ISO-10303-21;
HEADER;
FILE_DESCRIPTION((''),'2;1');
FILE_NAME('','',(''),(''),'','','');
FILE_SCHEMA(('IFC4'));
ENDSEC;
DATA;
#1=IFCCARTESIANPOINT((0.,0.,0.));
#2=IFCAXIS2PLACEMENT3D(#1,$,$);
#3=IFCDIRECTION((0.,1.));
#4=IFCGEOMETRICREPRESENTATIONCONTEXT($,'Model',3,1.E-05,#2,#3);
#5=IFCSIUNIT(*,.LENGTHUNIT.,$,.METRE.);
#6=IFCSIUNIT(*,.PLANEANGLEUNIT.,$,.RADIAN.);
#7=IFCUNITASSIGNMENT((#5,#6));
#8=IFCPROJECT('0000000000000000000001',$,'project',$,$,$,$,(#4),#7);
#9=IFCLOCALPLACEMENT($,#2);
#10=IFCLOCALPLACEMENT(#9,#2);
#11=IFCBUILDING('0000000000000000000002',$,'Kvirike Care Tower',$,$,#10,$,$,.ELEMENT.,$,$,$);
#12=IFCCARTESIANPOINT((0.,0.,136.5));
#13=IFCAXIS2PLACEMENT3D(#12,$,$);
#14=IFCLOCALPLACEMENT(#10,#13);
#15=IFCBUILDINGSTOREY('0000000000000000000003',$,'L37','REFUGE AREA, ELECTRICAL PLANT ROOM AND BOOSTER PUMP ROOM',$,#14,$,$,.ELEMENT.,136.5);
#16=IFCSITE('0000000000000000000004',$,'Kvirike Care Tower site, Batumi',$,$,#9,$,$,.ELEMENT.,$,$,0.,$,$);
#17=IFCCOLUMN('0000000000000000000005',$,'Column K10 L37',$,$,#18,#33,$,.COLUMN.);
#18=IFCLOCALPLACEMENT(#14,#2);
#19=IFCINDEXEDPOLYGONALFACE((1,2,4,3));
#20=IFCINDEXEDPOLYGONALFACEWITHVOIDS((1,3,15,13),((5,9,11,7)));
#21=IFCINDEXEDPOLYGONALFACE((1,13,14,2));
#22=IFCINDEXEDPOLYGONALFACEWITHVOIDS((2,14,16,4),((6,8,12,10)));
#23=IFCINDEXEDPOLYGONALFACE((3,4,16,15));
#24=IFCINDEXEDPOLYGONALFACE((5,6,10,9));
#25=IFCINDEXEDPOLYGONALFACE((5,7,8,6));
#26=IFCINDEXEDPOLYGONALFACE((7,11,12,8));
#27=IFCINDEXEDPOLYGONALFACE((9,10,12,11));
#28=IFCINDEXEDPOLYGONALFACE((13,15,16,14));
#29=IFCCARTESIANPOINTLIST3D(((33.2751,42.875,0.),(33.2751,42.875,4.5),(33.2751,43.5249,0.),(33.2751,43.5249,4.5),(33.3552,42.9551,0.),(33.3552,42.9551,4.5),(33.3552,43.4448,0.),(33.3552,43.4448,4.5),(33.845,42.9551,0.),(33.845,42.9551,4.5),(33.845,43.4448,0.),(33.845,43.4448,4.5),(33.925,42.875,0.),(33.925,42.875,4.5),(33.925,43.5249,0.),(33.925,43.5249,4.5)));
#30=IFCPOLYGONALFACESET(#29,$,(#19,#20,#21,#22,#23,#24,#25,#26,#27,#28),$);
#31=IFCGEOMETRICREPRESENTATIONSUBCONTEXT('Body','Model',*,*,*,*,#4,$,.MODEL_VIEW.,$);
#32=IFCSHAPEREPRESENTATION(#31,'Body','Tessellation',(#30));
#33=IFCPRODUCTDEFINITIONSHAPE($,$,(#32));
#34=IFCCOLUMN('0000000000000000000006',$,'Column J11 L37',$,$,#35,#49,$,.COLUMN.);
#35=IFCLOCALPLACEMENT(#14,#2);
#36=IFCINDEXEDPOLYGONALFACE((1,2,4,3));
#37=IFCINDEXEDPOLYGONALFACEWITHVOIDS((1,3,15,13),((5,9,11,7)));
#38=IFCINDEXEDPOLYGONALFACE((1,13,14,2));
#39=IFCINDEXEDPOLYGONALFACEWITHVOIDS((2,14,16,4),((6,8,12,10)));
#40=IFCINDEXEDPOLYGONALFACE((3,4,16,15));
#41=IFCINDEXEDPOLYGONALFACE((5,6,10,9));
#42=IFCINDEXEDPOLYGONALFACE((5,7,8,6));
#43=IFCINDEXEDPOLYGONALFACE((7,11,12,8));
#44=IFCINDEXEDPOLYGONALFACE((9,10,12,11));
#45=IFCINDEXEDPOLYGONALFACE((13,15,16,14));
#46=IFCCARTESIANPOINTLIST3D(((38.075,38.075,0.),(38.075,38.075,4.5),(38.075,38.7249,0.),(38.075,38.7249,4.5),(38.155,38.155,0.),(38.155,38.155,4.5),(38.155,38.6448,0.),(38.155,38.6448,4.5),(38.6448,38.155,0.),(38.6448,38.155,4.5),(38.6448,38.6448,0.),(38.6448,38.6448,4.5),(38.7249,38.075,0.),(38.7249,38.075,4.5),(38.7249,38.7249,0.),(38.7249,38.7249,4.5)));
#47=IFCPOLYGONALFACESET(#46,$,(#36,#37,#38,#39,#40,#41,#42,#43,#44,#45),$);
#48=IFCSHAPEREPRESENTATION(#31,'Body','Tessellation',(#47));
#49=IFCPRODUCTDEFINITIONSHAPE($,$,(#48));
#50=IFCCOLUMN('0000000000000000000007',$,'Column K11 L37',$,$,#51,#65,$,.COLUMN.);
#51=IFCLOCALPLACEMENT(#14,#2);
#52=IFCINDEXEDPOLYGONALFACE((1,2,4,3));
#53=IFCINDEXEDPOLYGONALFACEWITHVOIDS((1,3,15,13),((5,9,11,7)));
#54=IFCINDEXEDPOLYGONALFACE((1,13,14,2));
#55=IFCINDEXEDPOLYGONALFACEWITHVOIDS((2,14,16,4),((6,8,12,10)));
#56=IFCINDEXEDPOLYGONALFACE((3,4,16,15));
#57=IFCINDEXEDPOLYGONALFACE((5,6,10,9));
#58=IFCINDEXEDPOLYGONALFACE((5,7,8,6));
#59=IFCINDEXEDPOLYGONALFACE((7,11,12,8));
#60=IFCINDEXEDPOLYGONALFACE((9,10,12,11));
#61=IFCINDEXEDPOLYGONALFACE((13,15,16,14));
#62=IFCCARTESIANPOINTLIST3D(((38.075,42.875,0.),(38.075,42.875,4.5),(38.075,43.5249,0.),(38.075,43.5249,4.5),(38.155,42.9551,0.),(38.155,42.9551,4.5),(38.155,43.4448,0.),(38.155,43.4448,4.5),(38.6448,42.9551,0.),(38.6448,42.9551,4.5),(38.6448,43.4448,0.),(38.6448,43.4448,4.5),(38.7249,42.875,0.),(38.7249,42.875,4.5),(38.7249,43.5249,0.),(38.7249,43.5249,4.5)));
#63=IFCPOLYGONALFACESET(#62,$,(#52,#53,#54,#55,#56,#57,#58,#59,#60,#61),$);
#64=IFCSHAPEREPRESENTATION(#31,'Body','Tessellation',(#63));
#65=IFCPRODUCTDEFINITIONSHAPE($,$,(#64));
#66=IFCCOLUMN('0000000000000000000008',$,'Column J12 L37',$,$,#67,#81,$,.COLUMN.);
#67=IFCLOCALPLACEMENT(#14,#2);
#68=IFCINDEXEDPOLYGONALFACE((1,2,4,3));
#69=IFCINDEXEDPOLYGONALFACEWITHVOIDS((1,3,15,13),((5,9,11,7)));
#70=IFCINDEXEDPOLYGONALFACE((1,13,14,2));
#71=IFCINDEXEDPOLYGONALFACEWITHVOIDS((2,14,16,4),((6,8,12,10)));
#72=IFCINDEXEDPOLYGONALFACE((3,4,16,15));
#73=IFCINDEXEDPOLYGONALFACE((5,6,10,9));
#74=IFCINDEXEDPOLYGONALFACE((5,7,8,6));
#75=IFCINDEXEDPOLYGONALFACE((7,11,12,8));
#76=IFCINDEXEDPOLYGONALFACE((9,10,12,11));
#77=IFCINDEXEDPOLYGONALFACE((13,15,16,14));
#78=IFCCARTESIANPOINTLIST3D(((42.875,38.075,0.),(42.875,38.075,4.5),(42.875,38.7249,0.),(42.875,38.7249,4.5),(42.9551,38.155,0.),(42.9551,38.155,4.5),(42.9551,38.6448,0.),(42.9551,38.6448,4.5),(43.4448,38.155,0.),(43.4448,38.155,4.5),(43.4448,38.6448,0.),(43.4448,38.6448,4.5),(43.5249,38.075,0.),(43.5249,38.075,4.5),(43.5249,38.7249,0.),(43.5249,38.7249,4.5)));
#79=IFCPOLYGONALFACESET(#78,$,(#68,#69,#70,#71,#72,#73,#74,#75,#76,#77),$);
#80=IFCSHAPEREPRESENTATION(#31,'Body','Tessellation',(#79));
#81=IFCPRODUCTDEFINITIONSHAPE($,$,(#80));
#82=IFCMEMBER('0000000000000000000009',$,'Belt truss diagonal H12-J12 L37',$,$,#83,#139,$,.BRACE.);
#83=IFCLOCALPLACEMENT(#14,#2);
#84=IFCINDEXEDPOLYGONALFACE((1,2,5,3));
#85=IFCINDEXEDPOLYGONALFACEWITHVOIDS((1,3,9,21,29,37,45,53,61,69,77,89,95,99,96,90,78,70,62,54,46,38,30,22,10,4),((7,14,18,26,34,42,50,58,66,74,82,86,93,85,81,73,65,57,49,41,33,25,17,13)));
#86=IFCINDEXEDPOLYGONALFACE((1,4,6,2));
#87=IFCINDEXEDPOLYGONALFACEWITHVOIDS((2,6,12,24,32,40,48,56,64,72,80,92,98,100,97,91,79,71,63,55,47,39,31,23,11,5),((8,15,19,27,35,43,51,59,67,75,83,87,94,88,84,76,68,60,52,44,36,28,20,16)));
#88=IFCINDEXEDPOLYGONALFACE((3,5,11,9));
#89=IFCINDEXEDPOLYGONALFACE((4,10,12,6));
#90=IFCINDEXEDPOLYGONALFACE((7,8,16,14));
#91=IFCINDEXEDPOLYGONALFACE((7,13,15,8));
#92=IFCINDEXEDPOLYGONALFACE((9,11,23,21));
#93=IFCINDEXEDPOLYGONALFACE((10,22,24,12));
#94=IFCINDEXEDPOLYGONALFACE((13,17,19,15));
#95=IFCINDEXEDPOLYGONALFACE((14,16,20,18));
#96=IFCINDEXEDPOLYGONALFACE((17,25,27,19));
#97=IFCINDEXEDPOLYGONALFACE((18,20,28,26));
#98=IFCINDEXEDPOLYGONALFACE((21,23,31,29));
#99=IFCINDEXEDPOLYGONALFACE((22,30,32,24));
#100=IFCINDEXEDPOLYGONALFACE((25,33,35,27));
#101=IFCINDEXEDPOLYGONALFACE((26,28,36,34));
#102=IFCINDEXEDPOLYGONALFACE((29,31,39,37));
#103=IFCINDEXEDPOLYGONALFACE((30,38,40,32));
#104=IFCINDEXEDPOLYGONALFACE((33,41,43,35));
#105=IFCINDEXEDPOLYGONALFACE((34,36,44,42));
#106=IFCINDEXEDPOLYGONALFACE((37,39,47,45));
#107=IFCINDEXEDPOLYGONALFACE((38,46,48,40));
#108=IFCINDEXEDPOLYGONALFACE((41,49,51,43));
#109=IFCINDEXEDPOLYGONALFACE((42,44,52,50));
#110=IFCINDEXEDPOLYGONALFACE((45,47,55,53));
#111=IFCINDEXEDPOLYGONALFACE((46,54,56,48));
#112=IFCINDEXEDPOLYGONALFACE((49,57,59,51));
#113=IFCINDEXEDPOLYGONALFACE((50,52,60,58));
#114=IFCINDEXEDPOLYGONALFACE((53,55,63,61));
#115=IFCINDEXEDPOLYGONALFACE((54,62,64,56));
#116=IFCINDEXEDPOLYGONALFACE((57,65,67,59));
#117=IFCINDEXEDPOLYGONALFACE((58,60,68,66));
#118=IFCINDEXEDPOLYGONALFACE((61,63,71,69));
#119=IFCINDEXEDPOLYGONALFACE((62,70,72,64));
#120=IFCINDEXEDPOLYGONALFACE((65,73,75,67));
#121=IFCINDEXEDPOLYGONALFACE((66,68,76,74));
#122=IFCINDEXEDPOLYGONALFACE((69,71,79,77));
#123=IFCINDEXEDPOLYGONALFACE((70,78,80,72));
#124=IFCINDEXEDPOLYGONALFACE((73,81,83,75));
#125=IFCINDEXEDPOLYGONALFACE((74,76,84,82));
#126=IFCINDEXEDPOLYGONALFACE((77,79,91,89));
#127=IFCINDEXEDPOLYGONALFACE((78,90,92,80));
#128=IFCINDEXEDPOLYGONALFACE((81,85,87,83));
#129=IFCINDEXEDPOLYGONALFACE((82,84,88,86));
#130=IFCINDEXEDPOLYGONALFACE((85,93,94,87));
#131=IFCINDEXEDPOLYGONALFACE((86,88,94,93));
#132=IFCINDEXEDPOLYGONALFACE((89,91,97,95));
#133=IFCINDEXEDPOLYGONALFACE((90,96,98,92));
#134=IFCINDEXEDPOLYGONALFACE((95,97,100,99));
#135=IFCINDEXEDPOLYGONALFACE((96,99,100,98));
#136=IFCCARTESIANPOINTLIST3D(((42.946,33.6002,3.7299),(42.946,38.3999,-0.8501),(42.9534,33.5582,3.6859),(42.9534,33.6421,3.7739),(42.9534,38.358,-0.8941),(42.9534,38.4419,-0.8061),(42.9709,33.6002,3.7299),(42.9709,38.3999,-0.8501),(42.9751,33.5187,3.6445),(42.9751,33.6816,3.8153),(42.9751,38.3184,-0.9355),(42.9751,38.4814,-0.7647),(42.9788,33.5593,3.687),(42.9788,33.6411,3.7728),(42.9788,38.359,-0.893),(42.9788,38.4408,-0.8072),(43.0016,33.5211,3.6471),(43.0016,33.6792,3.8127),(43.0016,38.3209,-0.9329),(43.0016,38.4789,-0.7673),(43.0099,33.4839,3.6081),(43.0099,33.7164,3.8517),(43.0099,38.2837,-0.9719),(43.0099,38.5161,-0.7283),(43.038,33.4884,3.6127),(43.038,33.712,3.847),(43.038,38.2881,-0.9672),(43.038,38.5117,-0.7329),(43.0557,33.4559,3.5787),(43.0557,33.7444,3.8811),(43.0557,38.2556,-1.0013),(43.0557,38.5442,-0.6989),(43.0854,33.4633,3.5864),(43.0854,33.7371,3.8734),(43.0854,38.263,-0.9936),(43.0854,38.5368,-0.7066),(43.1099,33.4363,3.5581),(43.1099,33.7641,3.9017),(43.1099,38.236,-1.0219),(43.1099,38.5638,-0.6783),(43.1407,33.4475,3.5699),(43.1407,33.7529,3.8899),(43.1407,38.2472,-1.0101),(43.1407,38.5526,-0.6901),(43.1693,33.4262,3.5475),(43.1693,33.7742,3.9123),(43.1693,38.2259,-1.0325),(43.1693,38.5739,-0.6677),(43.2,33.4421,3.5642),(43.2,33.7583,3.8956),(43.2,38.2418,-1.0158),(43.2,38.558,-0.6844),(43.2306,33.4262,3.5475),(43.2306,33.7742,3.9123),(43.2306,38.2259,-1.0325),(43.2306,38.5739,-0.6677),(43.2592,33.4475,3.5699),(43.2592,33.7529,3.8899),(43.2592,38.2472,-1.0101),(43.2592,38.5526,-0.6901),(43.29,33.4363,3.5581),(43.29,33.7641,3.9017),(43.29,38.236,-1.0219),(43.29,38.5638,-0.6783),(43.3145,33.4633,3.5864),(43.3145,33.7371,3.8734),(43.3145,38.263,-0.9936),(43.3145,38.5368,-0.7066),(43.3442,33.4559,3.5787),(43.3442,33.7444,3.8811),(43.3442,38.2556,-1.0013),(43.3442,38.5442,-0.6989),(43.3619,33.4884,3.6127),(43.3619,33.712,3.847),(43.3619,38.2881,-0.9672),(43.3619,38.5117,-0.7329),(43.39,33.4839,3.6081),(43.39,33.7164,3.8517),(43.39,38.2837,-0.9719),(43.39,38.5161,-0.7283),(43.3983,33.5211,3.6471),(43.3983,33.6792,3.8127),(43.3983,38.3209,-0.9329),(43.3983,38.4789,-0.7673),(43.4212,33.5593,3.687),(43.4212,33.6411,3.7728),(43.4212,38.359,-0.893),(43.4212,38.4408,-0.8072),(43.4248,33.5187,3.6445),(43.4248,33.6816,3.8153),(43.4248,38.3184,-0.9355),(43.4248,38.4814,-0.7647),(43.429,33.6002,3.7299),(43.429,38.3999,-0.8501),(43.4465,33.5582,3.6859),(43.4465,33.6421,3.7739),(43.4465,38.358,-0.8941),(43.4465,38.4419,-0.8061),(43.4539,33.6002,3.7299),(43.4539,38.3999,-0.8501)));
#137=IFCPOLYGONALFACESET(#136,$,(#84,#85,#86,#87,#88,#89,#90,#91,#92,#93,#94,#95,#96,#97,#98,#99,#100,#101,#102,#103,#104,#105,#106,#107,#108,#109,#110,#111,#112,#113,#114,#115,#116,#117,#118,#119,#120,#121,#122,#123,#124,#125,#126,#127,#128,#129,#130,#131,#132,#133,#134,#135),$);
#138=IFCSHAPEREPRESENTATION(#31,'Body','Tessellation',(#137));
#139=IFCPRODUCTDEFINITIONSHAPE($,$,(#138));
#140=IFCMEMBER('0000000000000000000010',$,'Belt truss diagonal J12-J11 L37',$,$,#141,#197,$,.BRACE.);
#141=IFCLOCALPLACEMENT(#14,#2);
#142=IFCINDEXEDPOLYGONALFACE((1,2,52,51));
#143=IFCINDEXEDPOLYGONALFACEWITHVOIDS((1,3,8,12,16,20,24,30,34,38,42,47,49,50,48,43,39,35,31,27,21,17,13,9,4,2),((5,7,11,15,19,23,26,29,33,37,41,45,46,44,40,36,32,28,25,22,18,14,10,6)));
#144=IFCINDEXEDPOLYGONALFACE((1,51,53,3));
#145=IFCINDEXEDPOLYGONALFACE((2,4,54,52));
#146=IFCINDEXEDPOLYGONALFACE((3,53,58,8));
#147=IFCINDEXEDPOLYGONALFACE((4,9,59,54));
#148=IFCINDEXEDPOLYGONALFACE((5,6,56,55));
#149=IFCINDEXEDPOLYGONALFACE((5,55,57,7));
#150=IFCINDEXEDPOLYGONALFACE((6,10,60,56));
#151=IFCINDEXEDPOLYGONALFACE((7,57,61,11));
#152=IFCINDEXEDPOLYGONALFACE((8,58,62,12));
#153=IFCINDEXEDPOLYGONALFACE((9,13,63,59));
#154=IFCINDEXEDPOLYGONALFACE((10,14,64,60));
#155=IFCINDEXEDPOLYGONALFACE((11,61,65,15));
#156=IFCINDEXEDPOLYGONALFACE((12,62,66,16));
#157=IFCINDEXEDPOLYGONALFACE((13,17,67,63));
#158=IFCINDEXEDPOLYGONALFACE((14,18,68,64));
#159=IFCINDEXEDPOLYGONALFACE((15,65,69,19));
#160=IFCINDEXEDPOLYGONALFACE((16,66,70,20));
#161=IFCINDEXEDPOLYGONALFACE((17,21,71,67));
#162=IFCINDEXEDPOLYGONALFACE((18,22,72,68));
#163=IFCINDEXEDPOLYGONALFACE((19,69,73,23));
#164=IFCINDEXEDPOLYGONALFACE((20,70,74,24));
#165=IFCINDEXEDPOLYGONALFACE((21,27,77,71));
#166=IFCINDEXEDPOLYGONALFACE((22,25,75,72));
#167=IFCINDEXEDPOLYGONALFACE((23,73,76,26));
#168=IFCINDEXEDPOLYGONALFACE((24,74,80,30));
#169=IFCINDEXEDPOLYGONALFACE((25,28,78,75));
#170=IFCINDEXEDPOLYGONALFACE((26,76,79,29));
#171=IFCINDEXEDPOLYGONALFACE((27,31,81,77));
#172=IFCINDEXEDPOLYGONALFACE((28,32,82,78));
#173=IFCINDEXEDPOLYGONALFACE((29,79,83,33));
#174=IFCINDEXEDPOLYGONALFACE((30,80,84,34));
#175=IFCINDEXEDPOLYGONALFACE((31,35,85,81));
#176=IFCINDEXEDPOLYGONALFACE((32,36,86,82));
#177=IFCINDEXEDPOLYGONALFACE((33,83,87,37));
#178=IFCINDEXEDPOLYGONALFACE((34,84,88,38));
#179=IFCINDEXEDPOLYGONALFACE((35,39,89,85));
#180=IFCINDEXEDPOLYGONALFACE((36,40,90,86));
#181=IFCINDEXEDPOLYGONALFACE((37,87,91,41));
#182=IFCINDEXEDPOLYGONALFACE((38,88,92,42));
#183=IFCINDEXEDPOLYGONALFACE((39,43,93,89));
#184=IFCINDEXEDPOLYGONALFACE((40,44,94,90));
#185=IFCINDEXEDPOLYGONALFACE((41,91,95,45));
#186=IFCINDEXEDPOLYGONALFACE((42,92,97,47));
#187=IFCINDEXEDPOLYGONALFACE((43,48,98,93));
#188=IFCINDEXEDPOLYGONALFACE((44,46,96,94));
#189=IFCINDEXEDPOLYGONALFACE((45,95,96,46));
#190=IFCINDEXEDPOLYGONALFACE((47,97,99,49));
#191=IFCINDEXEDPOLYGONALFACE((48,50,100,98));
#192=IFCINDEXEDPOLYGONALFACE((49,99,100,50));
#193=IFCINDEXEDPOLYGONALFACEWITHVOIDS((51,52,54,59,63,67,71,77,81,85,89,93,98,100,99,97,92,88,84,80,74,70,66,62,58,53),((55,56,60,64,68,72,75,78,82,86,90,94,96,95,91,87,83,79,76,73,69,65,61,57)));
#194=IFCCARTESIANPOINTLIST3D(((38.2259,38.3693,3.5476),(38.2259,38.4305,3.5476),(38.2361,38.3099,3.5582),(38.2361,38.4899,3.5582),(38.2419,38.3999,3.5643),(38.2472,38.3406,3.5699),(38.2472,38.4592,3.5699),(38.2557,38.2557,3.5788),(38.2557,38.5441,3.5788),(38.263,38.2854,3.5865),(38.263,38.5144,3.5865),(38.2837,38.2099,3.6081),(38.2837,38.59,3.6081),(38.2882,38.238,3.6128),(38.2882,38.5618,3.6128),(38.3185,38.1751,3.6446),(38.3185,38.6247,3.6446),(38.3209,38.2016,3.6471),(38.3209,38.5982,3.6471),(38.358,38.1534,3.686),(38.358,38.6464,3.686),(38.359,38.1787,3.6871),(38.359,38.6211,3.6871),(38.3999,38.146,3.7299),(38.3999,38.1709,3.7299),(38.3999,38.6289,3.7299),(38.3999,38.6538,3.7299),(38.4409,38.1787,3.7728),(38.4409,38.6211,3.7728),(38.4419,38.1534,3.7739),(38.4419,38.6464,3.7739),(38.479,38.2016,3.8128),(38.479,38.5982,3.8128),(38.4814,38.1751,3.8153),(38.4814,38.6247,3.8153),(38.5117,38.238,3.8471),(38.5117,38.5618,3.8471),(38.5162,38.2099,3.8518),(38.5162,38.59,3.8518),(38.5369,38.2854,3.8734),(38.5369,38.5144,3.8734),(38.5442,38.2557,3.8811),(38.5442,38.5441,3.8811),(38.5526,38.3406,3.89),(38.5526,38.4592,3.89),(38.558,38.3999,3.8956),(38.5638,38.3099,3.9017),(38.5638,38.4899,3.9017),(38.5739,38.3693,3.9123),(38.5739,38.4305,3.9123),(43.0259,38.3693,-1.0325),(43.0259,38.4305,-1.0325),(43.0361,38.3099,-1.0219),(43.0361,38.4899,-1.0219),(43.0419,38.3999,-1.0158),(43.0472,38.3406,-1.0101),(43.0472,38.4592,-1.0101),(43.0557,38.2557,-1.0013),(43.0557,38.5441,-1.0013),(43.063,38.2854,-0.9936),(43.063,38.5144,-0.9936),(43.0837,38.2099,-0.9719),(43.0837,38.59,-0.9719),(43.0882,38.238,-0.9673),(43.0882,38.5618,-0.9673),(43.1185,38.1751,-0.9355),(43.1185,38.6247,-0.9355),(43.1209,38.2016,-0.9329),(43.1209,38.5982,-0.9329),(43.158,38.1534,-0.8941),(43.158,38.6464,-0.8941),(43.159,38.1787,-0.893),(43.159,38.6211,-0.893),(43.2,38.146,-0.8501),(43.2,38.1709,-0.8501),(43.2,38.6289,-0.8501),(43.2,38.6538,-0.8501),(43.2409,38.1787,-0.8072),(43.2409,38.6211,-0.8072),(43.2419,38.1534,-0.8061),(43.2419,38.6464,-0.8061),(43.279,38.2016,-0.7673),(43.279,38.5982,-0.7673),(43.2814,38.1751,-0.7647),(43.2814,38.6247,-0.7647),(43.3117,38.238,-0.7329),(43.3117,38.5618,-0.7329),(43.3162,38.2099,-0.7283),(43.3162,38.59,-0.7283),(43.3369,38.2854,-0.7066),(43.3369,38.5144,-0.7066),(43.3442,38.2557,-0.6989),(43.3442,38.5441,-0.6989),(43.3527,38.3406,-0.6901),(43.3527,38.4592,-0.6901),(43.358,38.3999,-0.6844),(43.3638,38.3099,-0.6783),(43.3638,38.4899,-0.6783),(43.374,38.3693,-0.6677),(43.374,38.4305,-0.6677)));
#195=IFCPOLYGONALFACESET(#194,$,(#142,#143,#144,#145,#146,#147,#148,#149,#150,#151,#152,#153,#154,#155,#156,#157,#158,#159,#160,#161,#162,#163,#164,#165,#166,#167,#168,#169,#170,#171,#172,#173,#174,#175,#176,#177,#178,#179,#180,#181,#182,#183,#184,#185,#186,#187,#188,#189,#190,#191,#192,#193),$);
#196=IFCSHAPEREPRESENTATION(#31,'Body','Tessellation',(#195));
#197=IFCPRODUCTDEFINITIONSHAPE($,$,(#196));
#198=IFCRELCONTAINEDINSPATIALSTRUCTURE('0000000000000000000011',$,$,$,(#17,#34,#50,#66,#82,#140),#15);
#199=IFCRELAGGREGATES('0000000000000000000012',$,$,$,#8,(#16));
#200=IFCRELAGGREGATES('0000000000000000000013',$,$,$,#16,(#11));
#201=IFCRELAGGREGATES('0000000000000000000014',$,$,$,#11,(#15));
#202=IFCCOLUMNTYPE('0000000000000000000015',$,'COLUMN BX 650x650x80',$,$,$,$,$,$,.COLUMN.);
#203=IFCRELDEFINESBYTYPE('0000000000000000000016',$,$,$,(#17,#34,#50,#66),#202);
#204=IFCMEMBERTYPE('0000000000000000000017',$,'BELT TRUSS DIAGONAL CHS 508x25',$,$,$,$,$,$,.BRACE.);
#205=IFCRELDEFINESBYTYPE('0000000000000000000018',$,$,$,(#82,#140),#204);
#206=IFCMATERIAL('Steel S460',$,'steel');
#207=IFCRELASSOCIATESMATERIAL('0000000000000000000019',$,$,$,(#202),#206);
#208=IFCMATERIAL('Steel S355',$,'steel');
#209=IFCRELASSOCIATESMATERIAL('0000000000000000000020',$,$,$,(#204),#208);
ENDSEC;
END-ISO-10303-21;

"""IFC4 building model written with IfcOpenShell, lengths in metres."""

from ifc_helpers import new_model, si_unit, direction, frame, origin, origin_2d, place, context, subcontext, project, spatial, hollow_rectangle, hollow_circle, extrude, material, material_profile, profile_set, type_object, element, save


model = new_model("IFC4")

# Units and contexts
model_context = context("Model", 3, precision=1e-05, world=origin(), true_north=direction((0.0, 1.0)))
body_context = subcontext(model_context, "Body", "Model", "MODEL_VIEW")
ifc_project = project(units=[si_unit("LENGTHUNIT", "METRE"), si_unit("PLANEANGLEUNIT", "RADIAN")], contexts=[model_context])

# Site, building, storey
site_placement = place(None, origin())
site = spatial("IfcSite", under=ifc_project, at=site_placement, Name="Kvirike Care Tower site, Batumi", CompositionType="ELEMENT", RefElevation=0.0)
building_placement = place(site_placement, origin())
building = spatial("IfcBuilding", under=site, at=building_placement, Name="Kvirike Care Tower", CompositionType="ELEMENT")
storey_placement = place(building_placement, frame((0.0, 0.0, 136.5)))
storey = spatial("IfcBuildingStorey", under=building, at=storey_placement, Name="L37", Description="REFUGE AREA, ELECTRICAL PLANT ROOM AND BOOSTER PUMP ROOM", CompositionType="ELEMENT", Elevation=136.5)

# Columns
ifc_material_1 = material(Name="Steel S460", Category="steel")
ifc_material_profile_1 = material_profile(ifc_material_1, hollow_rectangle(XDim=0.6499, YDim=0.6499, WallThickness=0.0801, at=origin_2d()), Name="BX 650x650x80")
ifc_profile_set_1 = profile_set([ifc_material_profile_1], Name="Steel S460")
column_type = type_object("IfcColumnType", Name="COLUMN BX 650x650x80", PredefinedType="COLUMN", material=ifc_profile_set_1)
for number, where, z_axis, x_axis, name in (
    (1, (33.6001, 43.2, 0.0), (0.0, 0.0, 1.0), (0.0, 1.0, 0.0), "Column K10 L37"),
    (2, (38.3999, 38.3999, 0.0), (0.0, 0.0, 1.0), (0.0, 1.0, 0.0), "Column J11 L37"),
    (3, (38.3999, 43.2, 0.0), (0.0, 0.0, 1.0), (0.0, 1.0, 0.0), "Column K11 L37"),
    (4, (43.2, 38.3999, 0.0), (0.0, 0.0, 1.0), (0.0, 1.0, 0.0), "Column J12 L37"),
):
    element("IfcColumn", number, at=place(storey_placement, frame(where, z_axis=z_axis, x_axis=x_axis)), inside=storey, type_object=column_type, Name=name, PredefinedType="COLUMN", context=body_context, shape_type="SweptSolid", body=[
        extrude(hollow_rectangle(XDim=0.6499, YDim=0.6499, WallThickness=0.0801, at=origin_2d()), origin(), (0.0, 0.0, 1.0), 4.5),
    ])

# Members
ifc_material_2 = material(Name="Steel S355", Category="steel")
ifc_material_profile_2 = material_profile(ifc_material_2, hollow_circle(Radius=0.2539, WallThickness=0.0249, at=origin_2d()), Name="CHS 508x25")
ifc_profile_set_2 = profile_set([ifc_material_profile_2], Name="Steel S355")
member_type_1 = type_object("IfcMemberType", Name="BELT TRUSS DIAGONAL CHS 508x25", PredefinedType="BRACE", material=ifc_profile_set_2)
member_1_placement = place(storey_placement, frame((43.2, 38.3999, -0.8501), z_axis=(0.0, -0.723472, 0.690353), x_axis=(1.0, 0.0, 0.0)))
element("IfcMember", 5, at=member_1_placement, inside=storey, type_object=member_type_1, Name="Belt truss diagonal H12-J12 L37", PredefinedType="BRACE", context=body_context, shape_type="SweptSolid", body=[
    extrude(hollow_circle(Radius=0.2539, WallThickness=0.0249, at=origin_2d()), origin(), (0.0, 0.0, 1.0), 6.6343),
])
member_2_placement = place(storey_placement, frame((43.2, 38.3999, -0.8501), z_axis=(-0.72349, 0.0, 0.690335), x_axis=(0.0, -1.0, 0.0)))
element("IfcMember", 6, at=member_2_placement, inside=storey, type_object=member_type_1, Name="Belt truss diagonal J12-J11 L37", PredefinedType="BRACE", context=body_context, shape_type="SweptSolid", body=[
    extrude(hollow_circle(Radius=0.2539, WallThickness=0.0249, at=origin_2d()), origin(), (0.0, 0.0, 1.0), 6.6345),
])

save(model, "model.ifc")
